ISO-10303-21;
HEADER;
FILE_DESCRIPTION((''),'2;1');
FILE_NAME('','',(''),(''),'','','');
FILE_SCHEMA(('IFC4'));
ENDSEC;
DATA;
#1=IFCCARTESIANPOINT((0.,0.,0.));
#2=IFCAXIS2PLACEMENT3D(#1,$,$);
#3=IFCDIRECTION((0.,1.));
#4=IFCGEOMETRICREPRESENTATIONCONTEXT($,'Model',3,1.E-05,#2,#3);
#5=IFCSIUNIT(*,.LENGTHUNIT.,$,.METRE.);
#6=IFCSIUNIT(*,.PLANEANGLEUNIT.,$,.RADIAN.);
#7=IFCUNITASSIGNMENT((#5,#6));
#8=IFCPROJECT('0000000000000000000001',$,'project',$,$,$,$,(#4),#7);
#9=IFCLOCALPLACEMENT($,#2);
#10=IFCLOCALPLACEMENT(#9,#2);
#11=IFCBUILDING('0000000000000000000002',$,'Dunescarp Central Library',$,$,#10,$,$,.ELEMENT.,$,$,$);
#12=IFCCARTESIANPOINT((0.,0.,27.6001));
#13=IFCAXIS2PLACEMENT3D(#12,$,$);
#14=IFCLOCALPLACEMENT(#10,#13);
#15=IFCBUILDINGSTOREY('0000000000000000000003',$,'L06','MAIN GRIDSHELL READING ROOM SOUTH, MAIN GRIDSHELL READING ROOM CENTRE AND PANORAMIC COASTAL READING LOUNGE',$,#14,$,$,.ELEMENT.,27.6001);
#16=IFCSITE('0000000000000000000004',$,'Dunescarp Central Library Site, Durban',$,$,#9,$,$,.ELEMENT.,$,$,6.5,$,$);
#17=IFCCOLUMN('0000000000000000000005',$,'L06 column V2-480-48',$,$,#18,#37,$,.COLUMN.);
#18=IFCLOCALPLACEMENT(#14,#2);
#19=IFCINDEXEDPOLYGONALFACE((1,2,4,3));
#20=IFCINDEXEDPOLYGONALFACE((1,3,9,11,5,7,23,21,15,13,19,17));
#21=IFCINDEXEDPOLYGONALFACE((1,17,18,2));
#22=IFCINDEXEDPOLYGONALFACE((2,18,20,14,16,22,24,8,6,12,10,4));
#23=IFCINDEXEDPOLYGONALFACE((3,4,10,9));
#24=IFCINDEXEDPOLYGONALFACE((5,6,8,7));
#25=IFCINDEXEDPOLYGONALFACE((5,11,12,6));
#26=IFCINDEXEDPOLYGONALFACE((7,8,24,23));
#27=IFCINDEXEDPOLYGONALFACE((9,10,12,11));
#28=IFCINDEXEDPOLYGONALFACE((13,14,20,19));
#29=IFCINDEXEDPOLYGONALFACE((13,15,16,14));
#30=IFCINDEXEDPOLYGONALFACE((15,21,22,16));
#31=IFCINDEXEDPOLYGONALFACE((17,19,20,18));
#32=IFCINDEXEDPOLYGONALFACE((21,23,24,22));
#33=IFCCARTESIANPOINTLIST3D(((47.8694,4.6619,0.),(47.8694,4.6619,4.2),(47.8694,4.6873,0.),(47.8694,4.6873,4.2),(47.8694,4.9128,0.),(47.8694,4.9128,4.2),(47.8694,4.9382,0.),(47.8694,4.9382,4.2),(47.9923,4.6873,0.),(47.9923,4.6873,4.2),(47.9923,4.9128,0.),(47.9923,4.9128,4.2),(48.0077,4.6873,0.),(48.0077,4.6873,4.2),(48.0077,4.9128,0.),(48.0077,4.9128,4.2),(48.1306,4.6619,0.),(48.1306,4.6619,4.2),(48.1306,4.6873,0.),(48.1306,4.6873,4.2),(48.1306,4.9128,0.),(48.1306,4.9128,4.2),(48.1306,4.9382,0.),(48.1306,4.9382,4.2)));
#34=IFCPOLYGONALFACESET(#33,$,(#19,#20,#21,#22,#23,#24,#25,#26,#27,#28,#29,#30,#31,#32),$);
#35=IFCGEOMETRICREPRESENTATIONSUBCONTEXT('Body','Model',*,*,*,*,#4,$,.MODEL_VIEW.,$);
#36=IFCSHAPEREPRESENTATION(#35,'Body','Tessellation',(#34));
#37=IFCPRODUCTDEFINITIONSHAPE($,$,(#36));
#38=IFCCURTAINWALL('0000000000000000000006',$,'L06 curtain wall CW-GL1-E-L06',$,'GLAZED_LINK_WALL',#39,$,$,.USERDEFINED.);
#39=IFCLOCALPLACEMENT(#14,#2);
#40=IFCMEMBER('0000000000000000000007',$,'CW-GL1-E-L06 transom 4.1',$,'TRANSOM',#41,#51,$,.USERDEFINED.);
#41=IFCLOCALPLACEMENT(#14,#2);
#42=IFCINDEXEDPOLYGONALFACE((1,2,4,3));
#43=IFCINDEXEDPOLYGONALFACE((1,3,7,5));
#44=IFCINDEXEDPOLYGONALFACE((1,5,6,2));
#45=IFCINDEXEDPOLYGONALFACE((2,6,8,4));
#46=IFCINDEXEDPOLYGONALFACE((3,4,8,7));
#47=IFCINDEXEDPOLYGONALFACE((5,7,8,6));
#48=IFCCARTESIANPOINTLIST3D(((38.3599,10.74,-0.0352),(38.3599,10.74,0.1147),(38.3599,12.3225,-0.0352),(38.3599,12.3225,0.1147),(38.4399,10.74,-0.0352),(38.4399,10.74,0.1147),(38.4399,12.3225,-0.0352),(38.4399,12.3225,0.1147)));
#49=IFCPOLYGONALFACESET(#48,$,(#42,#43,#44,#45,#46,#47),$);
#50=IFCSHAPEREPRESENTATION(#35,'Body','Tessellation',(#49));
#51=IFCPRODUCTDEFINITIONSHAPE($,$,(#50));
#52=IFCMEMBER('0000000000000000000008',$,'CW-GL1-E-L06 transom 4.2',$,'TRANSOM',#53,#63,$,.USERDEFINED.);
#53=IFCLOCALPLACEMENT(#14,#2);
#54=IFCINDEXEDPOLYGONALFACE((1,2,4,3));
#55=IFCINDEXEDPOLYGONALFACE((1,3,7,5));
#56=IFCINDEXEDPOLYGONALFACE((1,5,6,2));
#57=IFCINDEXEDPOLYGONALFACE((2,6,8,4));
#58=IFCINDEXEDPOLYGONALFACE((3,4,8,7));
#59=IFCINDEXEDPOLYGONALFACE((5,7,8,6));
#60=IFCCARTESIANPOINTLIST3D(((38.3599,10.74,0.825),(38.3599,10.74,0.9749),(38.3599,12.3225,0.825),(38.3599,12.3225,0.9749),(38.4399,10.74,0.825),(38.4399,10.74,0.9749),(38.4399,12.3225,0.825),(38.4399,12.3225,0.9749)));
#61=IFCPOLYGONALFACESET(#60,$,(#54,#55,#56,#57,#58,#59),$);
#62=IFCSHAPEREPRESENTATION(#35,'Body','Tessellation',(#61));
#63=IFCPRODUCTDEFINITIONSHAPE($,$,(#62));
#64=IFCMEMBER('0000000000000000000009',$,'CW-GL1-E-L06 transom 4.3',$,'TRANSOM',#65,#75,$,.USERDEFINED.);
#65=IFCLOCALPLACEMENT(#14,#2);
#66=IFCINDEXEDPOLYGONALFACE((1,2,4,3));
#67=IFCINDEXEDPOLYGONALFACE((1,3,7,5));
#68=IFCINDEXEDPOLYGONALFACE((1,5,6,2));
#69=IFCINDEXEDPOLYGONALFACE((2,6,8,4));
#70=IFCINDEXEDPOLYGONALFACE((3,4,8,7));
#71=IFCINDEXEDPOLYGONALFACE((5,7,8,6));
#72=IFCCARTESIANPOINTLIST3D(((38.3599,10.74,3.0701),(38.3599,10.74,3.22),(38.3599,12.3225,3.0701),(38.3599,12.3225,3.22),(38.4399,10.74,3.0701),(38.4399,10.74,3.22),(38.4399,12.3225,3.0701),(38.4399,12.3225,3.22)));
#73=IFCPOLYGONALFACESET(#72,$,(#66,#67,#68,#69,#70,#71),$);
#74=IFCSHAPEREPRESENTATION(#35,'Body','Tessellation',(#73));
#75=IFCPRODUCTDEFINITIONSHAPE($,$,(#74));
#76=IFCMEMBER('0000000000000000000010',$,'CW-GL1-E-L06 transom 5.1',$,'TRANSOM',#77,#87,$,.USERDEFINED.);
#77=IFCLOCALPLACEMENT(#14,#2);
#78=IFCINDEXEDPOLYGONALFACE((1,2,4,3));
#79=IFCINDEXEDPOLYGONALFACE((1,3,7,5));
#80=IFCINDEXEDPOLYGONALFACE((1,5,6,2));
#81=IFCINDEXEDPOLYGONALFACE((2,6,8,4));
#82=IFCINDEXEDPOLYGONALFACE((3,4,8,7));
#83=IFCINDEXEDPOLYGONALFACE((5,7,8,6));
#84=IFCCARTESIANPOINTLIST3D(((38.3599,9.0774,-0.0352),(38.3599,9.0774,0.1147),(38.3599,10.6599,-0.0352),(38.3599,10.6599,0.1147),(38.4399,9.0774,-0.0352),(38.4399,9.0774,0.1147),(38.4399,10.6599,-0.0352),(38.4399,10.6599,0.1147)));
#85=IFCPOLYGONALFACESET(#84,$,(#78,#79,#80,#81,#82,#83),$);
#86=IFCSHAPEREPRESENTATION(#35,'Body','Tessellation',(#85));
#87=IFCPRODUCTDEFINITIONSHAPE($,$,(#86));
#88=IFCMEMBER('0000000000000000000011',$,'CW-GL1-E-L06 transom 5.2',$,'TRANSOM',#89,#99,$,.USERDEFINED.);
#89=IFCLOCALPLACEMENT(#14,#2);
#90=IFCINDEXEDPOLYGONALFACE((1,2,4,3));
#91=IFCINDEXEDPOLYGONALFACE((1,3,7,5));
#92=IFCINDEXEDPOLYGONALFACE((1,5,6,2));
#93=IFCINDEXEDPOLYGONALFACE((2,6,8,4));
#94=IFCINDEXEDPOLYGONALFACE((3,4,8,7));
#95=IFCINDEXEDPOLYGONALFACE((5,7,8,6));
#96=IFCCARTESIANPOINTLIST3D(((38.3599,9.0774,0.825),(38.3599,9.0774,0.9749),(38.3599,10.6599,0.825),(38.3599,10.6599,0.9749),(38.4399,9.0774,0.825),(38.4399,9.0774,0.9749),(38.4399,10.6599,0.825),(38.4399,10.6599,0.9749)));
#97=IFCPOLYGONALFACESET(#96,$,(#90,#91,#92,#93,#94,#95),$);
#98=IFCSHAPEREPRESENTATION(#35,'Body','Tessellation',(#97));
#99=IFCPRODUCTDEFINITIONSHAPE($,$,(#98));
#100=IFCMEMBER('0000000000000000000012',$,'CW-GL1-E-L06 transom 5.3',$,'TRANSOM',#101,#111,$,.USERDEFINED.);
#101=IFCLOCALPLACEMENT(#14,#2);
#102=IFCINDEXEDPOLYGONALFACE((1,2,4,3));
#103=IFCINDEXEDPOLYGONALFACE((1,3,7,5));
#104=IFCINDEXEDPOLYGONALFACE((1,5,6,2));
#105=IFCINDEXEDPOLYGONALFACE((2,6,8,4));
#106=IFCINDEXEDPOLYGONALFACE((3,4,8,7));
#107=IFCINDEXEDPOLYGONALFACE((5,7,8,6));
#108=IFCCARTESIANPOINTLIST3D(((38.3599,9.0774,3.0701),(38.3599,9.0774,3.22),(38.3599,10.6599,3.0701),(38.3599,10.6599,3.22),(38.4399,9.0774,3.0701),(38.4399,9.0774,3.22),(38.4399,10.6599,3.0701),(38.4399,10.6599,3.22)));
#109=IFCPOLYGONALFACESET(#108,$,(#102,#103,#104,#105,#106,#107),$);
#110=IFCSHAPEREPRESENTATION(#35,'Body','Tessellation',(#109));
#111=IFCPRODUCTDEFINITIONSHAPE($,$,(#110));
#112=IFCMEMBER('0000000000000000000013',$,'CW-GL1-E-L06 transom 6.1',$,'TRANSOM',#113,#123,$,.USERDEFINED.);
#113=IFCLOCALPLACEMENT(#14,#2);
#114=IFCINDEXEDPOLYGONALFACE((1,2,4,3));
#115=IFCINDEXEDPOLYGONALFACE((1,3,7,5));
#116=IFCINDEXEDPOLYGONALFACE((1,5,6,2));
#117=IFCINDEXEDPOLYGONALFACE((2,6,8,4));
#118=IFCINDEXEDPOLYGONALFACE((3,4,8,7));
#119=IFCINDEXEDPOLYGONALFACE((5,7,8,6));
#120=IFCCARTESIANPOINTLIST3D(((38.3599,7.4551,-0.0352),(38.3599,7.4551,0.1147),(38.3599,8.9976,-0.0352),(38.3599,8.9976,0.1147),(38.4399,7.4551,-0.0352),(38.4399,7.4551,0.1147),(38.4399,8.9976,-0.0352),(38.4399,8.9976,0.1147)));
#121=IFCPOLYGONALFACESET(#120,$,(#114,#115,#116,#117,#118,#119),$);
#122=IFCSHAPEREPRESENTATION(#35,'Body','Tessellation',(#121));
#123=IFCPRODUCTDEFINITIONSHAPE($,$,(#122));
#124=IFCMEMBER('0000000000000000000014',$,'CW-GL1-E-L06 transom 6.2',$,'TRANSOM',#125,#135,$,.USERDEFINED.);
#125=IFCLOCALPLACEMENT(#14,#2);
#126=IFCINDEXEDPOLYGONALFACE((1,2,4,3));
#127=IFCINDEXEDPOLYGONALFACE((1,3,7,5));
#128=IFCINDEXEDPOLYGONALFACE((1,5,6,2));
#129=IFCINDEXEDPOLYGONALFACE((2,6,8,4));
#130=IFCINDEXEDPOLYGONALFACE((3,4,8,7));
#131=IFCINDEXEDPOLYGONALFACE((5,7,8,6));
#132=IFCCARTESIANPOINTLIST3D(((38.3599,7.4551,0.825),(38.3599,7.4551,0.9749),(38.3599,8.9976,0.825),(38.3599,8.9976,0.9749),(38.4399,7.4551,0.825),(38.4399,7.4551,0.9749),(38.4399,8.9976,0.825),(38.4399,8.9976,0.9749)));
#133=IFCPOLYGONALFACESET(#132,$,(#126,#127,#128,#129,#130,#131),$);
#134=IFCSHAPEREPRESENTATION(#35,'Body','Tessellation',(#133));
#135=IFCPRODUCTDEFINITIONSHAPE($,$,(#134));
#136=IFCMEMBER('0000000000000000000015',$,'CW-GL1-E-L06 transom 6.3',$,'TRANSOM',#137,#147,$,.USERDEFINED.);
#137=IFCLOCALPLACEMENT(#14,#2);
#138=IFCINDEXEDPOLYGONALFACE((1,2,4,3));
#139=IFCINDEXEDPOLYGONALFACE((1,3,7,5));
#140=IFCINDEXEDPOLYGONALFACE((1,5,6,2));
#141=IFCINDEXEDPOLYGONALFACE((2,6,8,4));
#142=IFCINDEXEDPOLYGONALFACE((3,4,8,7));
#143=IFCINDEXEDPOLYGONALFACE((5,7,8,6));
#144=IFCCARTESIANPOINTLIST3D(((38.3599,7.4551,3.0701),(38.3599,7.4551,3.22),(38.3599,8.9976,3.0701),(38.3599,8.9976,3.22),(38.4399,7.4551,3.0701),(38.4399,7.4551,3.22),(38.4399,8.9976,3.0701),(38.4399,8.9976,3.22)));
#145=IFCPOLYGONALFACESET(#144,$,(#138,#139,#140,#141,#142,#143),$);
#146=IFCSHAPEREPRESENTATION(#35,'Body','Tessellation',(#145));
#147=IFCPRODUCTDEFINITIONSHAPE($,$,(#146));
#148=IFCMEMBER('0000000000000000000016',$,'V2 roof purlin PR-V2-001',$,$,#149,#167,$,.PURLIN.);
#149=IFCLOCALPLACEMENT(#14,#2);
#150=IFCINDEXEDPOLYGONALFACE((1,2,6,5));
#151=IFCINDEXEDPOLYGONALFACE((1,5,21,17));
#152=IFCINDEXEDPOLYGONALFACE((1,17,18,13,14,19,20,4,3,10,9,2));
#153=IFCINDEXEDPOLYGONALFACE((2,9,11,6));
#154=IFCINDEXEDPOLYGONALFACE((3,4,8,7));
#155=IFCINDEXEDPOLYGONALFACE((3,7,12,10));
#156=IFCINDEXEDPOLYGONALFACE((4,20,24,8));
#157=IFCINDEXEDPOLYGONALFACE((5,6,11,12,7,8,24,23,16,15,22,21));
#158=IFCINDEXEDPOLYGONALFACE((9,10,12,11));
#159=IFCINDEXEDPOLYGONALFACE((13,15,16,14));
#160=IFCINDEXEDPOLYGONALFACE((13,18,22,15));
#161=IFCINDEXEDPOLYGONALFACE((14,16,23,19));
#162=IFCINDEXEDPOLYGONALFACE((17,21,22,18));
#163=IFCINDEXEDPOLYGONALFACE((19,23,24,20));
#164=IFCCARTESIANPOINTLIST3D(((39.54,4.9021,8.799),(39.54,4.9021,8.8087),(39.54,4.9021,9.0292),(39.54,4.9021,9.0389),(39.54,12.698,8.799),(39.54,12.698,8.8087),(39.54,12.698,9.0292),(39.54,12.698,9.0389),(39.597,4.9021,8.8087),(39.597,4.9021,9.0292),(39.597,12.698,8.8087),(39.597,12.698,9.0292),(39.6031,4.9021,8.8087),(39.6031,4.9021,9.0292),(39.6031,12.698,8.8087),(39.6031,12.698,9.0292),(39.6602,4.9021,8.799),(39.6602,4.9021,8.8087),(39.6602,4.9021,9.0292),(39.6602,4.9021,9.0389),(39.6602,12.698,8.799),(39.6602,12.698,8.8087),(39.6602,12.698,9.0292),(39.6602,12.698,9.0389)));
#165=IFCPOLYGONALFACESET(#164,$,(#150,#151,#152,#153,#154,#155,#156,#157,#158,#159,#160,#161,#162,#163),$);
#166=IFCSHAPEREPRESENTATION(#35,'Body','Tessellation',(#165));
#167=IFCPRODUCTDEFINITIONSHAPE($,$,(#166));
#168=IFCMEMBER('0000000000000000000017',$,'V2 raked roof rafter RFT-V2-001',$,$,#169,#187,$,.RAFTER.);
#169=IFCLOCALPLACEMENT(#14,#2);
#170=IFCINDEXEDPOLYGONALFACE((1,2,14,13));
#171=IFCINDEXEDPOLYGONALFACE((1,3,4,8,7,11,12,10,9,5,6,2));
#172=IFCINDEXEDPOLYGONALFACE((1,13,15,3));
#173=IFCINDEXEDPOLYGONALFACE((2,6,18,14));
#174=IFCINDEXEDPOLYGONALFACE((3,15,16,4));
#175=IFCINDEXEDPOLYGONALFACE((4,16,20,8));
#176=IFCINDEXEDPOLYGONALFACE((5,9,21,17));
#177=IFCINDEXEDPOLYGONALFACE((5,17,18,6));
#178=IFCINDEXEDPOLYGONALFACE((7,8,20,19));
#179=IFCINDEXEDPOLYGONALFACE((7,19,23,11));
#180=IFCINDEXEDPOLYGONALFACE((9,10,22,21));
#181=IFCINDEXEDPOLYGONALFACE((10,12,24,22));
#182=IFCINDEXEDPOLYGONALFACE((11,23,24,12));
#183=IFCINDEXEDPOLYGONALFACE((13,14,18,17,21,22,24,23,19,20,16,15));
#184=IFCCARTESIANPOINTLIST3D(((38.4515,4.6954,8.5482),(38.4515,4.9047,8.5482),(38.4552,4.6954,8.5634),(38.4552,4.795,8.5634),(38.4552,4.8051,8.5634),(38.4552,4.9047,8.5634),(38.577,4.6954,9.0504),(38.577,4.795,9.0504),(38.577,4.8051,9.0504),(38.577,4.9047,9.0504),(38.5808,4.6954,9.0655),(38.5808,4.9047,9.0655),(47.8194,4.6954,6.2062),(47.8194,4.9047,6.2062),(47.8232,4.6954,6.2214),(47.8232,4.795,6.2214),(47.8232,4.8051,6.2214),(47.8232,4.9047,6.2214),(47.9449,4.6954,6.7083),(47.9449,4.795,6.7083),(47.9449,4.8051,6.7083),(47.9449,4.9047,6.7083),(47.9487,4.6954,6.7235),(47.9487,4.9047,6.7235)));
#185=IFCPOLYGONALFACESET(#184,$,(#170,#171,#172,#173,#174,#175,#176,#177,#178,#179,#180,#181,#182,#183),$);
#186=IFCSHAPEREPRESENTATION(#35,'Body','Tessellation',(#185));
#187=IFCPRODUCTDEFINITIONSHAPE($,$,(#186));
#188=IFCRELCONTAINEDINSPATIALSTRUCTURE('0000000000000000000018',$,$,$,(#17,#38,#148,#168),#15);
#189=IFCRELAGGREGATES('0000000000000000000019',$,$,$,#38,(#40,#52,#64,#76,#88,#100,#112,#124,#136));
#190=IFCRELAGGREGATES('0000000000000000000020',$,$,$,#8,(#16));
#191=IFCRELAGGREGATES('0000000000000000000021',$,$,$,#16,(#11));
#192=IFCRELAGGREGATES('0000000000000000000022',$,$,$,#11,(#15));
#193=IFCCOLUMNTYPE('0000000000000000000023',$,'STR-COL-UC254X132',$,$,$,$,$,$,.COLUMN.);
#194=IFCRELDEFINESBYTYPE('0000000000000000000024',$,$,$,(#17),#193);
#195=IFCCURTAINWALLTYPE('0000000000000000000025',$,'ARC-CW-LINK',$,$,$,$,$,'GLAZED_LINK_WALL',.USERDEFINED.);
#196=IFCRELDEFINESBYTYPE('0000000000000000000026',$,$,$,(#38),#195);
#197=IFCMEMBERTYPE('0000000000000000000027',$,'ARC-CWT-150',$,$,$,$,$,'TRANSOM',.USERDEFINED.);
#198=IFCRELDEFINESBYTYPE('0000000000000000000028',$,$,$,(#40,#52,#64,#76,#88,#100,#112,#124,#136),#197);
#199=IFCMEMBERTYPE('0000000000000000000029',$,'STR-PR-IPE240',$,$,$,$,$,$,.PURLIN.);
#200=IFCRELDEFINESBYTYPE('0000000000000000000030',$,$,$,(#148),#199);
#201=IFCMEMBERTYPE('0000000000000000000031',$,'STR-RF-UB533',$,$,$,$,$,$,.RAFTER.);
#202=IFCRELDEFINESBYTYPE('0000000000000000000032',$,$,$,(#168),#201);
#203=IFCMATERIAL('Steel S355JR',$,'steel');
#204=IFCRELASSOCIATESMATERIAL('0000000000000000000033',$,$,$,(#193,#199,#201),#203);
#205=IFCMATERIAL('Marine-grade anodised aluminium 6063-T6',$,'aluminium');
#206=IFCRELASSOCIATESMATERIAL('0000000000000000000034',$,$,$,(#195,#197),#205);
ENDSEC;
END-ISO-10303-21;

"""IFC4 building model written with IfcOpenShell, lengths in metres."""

from ifc_helpers import new_model, si_unit, direction, frame, origin, origin_2d, place, context, subcontext, project, spatial, rectangle, i_section, extrude, material, material_profile, profile_set, type_object, element, aggregate, save


model = new_model("IFC4")

# Units and contexts
model_context = context("Model", 3, precision=1e-05, world=origin(), true_north=direction((0.0, 1.0)))
body_context = subcontext(model_context, "Body", "Model", "MODEL_VIEW")
ifc_project = project(units=[si_unit("LENGTHUNIT", "METRE"), si_unit("PLANEANGLEUNIT", "RADIAN")], contexts=[model_context])

# Site, building, storey
site_placement = place(None, origin())
site = spatial("IfcSite", under=ifc_project, at=site_placement, Name="Dunescarp Central Library Site, Durban", CompositionType="ELEMENT", RefElevation=6.5)
building_placement = place(site_placement, origin())
building = spatial("IfcBuilding", under=site, at=building_placement, Name="Dunescarp Central Library", CompositionType="ELEMENT")
storey_placement = place(building_placement, frame((0.0, 0.0, 27.6001)))
storey = spatial("IfcBuildingStorey", under=building, at=storey_placement, Name="L06", Description="MAIN GRIDSHELL READING ROOM SOUTH, MAIN GRIDSHELL READING ROOM CENTRE AND PANORAMIC COASTAL READING LOUNGE", CompositionType="ELEMENT", Elevation=27.6001)

# Column
ifc_material_1 = material(Name="Steel S355JR", Category="steel")
ifc_material_profile_1 = material_profile(ifc_material_1, i_section(OverallWidth=0.2612, OverallDepth=0.2764, WebThickness=0.0154, FlangeThickness=0.0254, at=origin_2d()), Name="UC 254x254x132")
ifc_profile_set_1 = profile_set([ifc_material_profile_1], Name="Steel S355JR")
column_type = type_object("IfcColumnType", Name="STR-COL-UC254X132", PredefinedType="COLUMN", material=ifc_profile_set_1)
column_placement = place(storey_placement, frame((48.0, 4.8, 0.0), z_axis=(0.0, 0.0, 1.0), x_axis=(1.0, 0.0, 0.0)))
element("IfcColumn", 1, at=column_placement, inside=storey, type_object=column_type, Name="L06 column V2-480-48", PredefinedType="COLUMN", context=body_context, shape_type="SweptSolid", body=[
    extrude(i_section(OverallWidth=0.2612, OverallDepth=0.2764, WebThickness=0.0154, FlangeThickness=0.0254, at=origin_2d()), origin(), (0.0, 0.0, 1.0), 4.2),
])

# Curtain wall, members
ifc_material_2 = material(Name="Marine-grade anodised aluminium 6063-T6", Category="aluminium")
curtain_wall_type = type_object("IfcCurtainWallType", Name="ARC-CW-LINK", ElementType="GLAZED_LINK_WALL", PredefinedType="USERDEFINED", material=ifc_material_2)
curtain_wall_placement = place(storey_placement, origin())
curtain_wall = element("IfcCurtainWall", 2, at=curtain_wall_placement, inside=storey, type_object=curtain_wall_type, Name="L06 curtain wall CW-GL1-E-L06", ObjectType="GLAZED_LINK_WALL", PredefinedType="USERDEFINED")
ifc_material_profile_2 = material_profile(ifc_material_2, rectangle(XDim=0.0801, YDim=0.1499, at=origin_2d()), Name="AL 80x150")
ifc_profile_set_2 = profile_set([ifc_material_profile_2], Name="Marine-grade anodised aluminium 6063-T6")
member_type_1 = type_object("IfcMemberType", Name="ARC-CWT-150", ElementType="TRANSOM", PredefinedType="USERDEFINED", material=ifc_profile_set_2)
member_1_placement = place(storey_placement, frame((38.3999, 12.3225, 0.0398), z_axis=(0.0, -1.0, 0.0), x_axis=(1.0, 0.0, 0.0)))
member_1 = element("IfcMember", 3, at=member_1_placement, type_object=member_type_1, Name="CW-GL1-E-L06 transom 4.1", ObjectType="TRANSOM", PredefinedType="USERDEFINED", context=body_context, shape_type="SweptSolid", body=[
    extrude(rectangle(XDim=0.0801, YDim=0.1499, at=origin_2d()), origin(), (0.0, 0.0, 1.0), 1.5825),
])
member_2_placement = place(storey_placement, frame((38.3999, 12.3225, 0.8999), z_axis=(0.0, -1.0, 0.0), x_axis=(1.0, 0.0, 0.0)))
member_2 = element("IfcMember", 4, at=member_2_placement, type_object=member_type_1, Name="CW-GL1-E-L06 transom 4.2", ObjectType="TRANSOM", PredefinedType="USERDEFINED", context=body_context, shape_type="SweptSolid", body=[
    extrude(rectangle(XDim=0.0801, YDim=0.1499, at=origin_2d()), origin(), (0.0, 0.0, 1.0), 1.5825),
])
member_3_placement = place(storey_placement, frame((38.3999, 12.3225, 3.145), z_axis=(0.0, -1.0, 0.0), x_axis=(1.0, 0.0, 0.0)))
member_3 = element("IfcMember", 5, at=member_3_placement, type_object=member_type_1, Name="CW-GL1-E-L06 transom 4.3", ObjectType="TRANSOM", PredefinedType="USERDEFINED", context=body_context, shape_type="SweptSolid", body=[
    extrude(rectangle(XDim=0.0801, YDim=0.1499, at=origin_2d()), origin(), (0.0, 0.0, 1.0), 1.5825),
])
member_4_placement = place(storey_placement, frame((38.3999, 10.6599, 0.0398), z_axis=(0.0, -1.0, 0.0), x_axis=(1.0, 0.0, 0.0)))
member_4 = element("IfcMember", 6, at=member_4_placement, type_object=member_type_1, Name="CW-GL1-E-L06 transom 5.1", ObjectType="TRANSOM", PredefinedType="USERDEFINED", context=body_context, shape_type="SweptSolid", body=[
    extrude(rectangle(XDim=0.0801, YDim=0.1499, at=origin_2d()), origin(), (0.0, 0.0, 1.0), 1.5825),
])
member_5_placement = place(storey_placement, frame((38.3999, 10.6599, 0.8999), z_axis=(0.0, -1.0, 0.0), x_axis=(1.0, 0.0, 0.0)))
member_5 = element("IfcMember", 7, at=member_5_placement, type_object=member_type_1, Name="CW-GL1-E-L06 transom 5.2", ObjectType="TRANSOM", PredefinedType="USERDEFINED", context=body_context, shape_type="SweptSolid", body=[
    extrude(rectangle(XDim=0.0801, YDim=0.1499, at=origin_2d()), origin(), (0.0, 0.0, 1.0), 1.5825),
])
member_6_placement = place(storey_placement, frame((38.3999, 10.6599, 3.145), z_axis=(0.0, -1.0, 0.0), x_axis=(1.0, 0.0, 0.0)))
member_6 = element("IfcMember", 8, at=member_6_placement, type_object=member_type_1, Name="CW-GL1-E-L06 transom 5.3", ObjectType="TRANSOM", PredefinedType="USERDEFINED", context=body_context, shape_type="SweptSolid", body=[
    extrude(rectangle(XDim=0.0801, YDim=0.1499, at=origin_2d()), origin(), (0.0, 0.0, 1.0), 1.5825),
])
member_7_placement = place(storey_placement, frame((38.3999, 8.9976, 0.0398), z_axis=(0.0, -1.0, 0.0), x_axis=(1.0, 0.0, 0.0)))
member_7 = element("IfcMember", 9, at=member_7_placement, type_object=member_type_1, Name="CW-GL1-E-L06 transom 6.1", ObjectType="TRANSOM", PredefinedType="USERDEFINED", context=body_context, shape_type="SweptSolid", body=[
    extrude(rectangle(XDim=0.0801, YDim=0.1499, at=origin_2d()), origin(), (0.0, 0.0, 1.0), 1.5425),
])
member_8_placement = place(storey_placement, frame((38.3999, 8.9976, 0.8999), z_axis=(0.0, -1.0, 0.0), x_axis=(1.0, 0.0, 0.0)))
member_8 = element("IfcMember", 10, at=member_8_placement, type_object=member_type_1, Name="CW-GL1-E-L06 transom 6.2", ObjectType="TRANSOM", PredefinedType="USERDEFINED", context=body_context, shape_type="SweptSolid", body=[
    extrude(rectangle(XDim=0.0801, YDim=0.1499, at=origin_2d()), origin(), (0.0, 0.0, 1.0), 1.5425),
])
member_9_placement = place(storey_placement, frame((38.3999, 8.9976, 3.145), z_axis=(0.0, -1.0, 0.0), x_axis=(1.0, 0.0, 0.0)))
member_9 = element("IfcMember", 11, at=member_9_placement, type_object=member_type_1, Name="CW-GL1-E-L06 transom 6.3", ObjectType="TRANSOM", PredefinedType="USERDEFINED", context=body_context, shape_type="SweptSolid", body=[
    extrude(rectangle(XDim=0.0801, YDim=0.1499, at=origin_2d()), origin(), (0.0, 0.0, 1.0), 1.5425),
])

# Members
ifc_material_profile_3 = material_profile(ifc_material_1, i_section(OverallWidth=0.1201, OverallDepth=0.24, WebThickness=0.0061, FlangeThickness=0.0098, at=origin_2d()), Name="IPE 240")
ifc_profile_set_3 = profile_set([ifc_material_profile_3], Name="Steel S355JR")
member_type_2 = type_object("IfcMemberType", Name="STR-PR-IPE240", PredefinedType="PURLIN", material=ifc_profile_set_3)
member_10_placement = place(storey_placement, frame((39.6001, 4.9021, 8.9189), z_axis=(0.0, 1.0, 0.0), x_axis=(-1.0, 0.0, 0.0)))
element("IfcMember", 12, at=member_10_placement, inside=storey, type_object=member_type_2, Name="V2 roof purlin PR-V2-001", PredefinedType="PURLIN", context=body_context, shape_type="SweptSolid", body=[
    extrude(i_section(OverallWidth=0.1201, OverallDepth=0.24, WebThickness=0.0061, FlangeThickness=0.0098, at=origin_2d()), origin(), (0.0, 0.0, 1.0), 7.7959),
])
ifc_material_profile_4 = material_profile(ifc_material_1, i_section(OverallWidth=0.2092, OverallDepth=0.5332, WebThickness=0.01, FlangeThickness=0.0156, at=origin_2d()), Name="UB 533x210x92")
ifc_profile_set_4 = profile_set([ifc_material_profile_4], Name="Steel S355JR")
member_type_3 = type_object("IfcMemberType", Name="STR-RF-UB533", PredefinedType="RAFTER", material=ifc_profile_set_4)
member_11_placement = place(storey_placement, frame((38.5161, 4.8, 8.8069), z_axis=(0.970141, 0.0, -0.242542), x_axis=(0.0, 1.0, 0.0)))
element("IfcMember", 13, at=member_11_placement, inside=storey, type_object=member_type_3, Name="V2 raked roof rafter RFT-V2-001", PredefinedType="RAFTER", context=body_context, shape_type="SweptSolid", body=[
    extrude(i_section(OverallWidth=0.2092, OverallDepth=0.5332, WebThickness=0.01, FlangeThickness=0.0156, at=origin_2d()), origin(), (0.0, 0.0, 1.0), 9.6562),
])

aggregate(curtain_wall, [member_1, member_2, member_3, member_4, member_5, member_6, member_7, member_8, member_9])

save(model, "model.ifc")
